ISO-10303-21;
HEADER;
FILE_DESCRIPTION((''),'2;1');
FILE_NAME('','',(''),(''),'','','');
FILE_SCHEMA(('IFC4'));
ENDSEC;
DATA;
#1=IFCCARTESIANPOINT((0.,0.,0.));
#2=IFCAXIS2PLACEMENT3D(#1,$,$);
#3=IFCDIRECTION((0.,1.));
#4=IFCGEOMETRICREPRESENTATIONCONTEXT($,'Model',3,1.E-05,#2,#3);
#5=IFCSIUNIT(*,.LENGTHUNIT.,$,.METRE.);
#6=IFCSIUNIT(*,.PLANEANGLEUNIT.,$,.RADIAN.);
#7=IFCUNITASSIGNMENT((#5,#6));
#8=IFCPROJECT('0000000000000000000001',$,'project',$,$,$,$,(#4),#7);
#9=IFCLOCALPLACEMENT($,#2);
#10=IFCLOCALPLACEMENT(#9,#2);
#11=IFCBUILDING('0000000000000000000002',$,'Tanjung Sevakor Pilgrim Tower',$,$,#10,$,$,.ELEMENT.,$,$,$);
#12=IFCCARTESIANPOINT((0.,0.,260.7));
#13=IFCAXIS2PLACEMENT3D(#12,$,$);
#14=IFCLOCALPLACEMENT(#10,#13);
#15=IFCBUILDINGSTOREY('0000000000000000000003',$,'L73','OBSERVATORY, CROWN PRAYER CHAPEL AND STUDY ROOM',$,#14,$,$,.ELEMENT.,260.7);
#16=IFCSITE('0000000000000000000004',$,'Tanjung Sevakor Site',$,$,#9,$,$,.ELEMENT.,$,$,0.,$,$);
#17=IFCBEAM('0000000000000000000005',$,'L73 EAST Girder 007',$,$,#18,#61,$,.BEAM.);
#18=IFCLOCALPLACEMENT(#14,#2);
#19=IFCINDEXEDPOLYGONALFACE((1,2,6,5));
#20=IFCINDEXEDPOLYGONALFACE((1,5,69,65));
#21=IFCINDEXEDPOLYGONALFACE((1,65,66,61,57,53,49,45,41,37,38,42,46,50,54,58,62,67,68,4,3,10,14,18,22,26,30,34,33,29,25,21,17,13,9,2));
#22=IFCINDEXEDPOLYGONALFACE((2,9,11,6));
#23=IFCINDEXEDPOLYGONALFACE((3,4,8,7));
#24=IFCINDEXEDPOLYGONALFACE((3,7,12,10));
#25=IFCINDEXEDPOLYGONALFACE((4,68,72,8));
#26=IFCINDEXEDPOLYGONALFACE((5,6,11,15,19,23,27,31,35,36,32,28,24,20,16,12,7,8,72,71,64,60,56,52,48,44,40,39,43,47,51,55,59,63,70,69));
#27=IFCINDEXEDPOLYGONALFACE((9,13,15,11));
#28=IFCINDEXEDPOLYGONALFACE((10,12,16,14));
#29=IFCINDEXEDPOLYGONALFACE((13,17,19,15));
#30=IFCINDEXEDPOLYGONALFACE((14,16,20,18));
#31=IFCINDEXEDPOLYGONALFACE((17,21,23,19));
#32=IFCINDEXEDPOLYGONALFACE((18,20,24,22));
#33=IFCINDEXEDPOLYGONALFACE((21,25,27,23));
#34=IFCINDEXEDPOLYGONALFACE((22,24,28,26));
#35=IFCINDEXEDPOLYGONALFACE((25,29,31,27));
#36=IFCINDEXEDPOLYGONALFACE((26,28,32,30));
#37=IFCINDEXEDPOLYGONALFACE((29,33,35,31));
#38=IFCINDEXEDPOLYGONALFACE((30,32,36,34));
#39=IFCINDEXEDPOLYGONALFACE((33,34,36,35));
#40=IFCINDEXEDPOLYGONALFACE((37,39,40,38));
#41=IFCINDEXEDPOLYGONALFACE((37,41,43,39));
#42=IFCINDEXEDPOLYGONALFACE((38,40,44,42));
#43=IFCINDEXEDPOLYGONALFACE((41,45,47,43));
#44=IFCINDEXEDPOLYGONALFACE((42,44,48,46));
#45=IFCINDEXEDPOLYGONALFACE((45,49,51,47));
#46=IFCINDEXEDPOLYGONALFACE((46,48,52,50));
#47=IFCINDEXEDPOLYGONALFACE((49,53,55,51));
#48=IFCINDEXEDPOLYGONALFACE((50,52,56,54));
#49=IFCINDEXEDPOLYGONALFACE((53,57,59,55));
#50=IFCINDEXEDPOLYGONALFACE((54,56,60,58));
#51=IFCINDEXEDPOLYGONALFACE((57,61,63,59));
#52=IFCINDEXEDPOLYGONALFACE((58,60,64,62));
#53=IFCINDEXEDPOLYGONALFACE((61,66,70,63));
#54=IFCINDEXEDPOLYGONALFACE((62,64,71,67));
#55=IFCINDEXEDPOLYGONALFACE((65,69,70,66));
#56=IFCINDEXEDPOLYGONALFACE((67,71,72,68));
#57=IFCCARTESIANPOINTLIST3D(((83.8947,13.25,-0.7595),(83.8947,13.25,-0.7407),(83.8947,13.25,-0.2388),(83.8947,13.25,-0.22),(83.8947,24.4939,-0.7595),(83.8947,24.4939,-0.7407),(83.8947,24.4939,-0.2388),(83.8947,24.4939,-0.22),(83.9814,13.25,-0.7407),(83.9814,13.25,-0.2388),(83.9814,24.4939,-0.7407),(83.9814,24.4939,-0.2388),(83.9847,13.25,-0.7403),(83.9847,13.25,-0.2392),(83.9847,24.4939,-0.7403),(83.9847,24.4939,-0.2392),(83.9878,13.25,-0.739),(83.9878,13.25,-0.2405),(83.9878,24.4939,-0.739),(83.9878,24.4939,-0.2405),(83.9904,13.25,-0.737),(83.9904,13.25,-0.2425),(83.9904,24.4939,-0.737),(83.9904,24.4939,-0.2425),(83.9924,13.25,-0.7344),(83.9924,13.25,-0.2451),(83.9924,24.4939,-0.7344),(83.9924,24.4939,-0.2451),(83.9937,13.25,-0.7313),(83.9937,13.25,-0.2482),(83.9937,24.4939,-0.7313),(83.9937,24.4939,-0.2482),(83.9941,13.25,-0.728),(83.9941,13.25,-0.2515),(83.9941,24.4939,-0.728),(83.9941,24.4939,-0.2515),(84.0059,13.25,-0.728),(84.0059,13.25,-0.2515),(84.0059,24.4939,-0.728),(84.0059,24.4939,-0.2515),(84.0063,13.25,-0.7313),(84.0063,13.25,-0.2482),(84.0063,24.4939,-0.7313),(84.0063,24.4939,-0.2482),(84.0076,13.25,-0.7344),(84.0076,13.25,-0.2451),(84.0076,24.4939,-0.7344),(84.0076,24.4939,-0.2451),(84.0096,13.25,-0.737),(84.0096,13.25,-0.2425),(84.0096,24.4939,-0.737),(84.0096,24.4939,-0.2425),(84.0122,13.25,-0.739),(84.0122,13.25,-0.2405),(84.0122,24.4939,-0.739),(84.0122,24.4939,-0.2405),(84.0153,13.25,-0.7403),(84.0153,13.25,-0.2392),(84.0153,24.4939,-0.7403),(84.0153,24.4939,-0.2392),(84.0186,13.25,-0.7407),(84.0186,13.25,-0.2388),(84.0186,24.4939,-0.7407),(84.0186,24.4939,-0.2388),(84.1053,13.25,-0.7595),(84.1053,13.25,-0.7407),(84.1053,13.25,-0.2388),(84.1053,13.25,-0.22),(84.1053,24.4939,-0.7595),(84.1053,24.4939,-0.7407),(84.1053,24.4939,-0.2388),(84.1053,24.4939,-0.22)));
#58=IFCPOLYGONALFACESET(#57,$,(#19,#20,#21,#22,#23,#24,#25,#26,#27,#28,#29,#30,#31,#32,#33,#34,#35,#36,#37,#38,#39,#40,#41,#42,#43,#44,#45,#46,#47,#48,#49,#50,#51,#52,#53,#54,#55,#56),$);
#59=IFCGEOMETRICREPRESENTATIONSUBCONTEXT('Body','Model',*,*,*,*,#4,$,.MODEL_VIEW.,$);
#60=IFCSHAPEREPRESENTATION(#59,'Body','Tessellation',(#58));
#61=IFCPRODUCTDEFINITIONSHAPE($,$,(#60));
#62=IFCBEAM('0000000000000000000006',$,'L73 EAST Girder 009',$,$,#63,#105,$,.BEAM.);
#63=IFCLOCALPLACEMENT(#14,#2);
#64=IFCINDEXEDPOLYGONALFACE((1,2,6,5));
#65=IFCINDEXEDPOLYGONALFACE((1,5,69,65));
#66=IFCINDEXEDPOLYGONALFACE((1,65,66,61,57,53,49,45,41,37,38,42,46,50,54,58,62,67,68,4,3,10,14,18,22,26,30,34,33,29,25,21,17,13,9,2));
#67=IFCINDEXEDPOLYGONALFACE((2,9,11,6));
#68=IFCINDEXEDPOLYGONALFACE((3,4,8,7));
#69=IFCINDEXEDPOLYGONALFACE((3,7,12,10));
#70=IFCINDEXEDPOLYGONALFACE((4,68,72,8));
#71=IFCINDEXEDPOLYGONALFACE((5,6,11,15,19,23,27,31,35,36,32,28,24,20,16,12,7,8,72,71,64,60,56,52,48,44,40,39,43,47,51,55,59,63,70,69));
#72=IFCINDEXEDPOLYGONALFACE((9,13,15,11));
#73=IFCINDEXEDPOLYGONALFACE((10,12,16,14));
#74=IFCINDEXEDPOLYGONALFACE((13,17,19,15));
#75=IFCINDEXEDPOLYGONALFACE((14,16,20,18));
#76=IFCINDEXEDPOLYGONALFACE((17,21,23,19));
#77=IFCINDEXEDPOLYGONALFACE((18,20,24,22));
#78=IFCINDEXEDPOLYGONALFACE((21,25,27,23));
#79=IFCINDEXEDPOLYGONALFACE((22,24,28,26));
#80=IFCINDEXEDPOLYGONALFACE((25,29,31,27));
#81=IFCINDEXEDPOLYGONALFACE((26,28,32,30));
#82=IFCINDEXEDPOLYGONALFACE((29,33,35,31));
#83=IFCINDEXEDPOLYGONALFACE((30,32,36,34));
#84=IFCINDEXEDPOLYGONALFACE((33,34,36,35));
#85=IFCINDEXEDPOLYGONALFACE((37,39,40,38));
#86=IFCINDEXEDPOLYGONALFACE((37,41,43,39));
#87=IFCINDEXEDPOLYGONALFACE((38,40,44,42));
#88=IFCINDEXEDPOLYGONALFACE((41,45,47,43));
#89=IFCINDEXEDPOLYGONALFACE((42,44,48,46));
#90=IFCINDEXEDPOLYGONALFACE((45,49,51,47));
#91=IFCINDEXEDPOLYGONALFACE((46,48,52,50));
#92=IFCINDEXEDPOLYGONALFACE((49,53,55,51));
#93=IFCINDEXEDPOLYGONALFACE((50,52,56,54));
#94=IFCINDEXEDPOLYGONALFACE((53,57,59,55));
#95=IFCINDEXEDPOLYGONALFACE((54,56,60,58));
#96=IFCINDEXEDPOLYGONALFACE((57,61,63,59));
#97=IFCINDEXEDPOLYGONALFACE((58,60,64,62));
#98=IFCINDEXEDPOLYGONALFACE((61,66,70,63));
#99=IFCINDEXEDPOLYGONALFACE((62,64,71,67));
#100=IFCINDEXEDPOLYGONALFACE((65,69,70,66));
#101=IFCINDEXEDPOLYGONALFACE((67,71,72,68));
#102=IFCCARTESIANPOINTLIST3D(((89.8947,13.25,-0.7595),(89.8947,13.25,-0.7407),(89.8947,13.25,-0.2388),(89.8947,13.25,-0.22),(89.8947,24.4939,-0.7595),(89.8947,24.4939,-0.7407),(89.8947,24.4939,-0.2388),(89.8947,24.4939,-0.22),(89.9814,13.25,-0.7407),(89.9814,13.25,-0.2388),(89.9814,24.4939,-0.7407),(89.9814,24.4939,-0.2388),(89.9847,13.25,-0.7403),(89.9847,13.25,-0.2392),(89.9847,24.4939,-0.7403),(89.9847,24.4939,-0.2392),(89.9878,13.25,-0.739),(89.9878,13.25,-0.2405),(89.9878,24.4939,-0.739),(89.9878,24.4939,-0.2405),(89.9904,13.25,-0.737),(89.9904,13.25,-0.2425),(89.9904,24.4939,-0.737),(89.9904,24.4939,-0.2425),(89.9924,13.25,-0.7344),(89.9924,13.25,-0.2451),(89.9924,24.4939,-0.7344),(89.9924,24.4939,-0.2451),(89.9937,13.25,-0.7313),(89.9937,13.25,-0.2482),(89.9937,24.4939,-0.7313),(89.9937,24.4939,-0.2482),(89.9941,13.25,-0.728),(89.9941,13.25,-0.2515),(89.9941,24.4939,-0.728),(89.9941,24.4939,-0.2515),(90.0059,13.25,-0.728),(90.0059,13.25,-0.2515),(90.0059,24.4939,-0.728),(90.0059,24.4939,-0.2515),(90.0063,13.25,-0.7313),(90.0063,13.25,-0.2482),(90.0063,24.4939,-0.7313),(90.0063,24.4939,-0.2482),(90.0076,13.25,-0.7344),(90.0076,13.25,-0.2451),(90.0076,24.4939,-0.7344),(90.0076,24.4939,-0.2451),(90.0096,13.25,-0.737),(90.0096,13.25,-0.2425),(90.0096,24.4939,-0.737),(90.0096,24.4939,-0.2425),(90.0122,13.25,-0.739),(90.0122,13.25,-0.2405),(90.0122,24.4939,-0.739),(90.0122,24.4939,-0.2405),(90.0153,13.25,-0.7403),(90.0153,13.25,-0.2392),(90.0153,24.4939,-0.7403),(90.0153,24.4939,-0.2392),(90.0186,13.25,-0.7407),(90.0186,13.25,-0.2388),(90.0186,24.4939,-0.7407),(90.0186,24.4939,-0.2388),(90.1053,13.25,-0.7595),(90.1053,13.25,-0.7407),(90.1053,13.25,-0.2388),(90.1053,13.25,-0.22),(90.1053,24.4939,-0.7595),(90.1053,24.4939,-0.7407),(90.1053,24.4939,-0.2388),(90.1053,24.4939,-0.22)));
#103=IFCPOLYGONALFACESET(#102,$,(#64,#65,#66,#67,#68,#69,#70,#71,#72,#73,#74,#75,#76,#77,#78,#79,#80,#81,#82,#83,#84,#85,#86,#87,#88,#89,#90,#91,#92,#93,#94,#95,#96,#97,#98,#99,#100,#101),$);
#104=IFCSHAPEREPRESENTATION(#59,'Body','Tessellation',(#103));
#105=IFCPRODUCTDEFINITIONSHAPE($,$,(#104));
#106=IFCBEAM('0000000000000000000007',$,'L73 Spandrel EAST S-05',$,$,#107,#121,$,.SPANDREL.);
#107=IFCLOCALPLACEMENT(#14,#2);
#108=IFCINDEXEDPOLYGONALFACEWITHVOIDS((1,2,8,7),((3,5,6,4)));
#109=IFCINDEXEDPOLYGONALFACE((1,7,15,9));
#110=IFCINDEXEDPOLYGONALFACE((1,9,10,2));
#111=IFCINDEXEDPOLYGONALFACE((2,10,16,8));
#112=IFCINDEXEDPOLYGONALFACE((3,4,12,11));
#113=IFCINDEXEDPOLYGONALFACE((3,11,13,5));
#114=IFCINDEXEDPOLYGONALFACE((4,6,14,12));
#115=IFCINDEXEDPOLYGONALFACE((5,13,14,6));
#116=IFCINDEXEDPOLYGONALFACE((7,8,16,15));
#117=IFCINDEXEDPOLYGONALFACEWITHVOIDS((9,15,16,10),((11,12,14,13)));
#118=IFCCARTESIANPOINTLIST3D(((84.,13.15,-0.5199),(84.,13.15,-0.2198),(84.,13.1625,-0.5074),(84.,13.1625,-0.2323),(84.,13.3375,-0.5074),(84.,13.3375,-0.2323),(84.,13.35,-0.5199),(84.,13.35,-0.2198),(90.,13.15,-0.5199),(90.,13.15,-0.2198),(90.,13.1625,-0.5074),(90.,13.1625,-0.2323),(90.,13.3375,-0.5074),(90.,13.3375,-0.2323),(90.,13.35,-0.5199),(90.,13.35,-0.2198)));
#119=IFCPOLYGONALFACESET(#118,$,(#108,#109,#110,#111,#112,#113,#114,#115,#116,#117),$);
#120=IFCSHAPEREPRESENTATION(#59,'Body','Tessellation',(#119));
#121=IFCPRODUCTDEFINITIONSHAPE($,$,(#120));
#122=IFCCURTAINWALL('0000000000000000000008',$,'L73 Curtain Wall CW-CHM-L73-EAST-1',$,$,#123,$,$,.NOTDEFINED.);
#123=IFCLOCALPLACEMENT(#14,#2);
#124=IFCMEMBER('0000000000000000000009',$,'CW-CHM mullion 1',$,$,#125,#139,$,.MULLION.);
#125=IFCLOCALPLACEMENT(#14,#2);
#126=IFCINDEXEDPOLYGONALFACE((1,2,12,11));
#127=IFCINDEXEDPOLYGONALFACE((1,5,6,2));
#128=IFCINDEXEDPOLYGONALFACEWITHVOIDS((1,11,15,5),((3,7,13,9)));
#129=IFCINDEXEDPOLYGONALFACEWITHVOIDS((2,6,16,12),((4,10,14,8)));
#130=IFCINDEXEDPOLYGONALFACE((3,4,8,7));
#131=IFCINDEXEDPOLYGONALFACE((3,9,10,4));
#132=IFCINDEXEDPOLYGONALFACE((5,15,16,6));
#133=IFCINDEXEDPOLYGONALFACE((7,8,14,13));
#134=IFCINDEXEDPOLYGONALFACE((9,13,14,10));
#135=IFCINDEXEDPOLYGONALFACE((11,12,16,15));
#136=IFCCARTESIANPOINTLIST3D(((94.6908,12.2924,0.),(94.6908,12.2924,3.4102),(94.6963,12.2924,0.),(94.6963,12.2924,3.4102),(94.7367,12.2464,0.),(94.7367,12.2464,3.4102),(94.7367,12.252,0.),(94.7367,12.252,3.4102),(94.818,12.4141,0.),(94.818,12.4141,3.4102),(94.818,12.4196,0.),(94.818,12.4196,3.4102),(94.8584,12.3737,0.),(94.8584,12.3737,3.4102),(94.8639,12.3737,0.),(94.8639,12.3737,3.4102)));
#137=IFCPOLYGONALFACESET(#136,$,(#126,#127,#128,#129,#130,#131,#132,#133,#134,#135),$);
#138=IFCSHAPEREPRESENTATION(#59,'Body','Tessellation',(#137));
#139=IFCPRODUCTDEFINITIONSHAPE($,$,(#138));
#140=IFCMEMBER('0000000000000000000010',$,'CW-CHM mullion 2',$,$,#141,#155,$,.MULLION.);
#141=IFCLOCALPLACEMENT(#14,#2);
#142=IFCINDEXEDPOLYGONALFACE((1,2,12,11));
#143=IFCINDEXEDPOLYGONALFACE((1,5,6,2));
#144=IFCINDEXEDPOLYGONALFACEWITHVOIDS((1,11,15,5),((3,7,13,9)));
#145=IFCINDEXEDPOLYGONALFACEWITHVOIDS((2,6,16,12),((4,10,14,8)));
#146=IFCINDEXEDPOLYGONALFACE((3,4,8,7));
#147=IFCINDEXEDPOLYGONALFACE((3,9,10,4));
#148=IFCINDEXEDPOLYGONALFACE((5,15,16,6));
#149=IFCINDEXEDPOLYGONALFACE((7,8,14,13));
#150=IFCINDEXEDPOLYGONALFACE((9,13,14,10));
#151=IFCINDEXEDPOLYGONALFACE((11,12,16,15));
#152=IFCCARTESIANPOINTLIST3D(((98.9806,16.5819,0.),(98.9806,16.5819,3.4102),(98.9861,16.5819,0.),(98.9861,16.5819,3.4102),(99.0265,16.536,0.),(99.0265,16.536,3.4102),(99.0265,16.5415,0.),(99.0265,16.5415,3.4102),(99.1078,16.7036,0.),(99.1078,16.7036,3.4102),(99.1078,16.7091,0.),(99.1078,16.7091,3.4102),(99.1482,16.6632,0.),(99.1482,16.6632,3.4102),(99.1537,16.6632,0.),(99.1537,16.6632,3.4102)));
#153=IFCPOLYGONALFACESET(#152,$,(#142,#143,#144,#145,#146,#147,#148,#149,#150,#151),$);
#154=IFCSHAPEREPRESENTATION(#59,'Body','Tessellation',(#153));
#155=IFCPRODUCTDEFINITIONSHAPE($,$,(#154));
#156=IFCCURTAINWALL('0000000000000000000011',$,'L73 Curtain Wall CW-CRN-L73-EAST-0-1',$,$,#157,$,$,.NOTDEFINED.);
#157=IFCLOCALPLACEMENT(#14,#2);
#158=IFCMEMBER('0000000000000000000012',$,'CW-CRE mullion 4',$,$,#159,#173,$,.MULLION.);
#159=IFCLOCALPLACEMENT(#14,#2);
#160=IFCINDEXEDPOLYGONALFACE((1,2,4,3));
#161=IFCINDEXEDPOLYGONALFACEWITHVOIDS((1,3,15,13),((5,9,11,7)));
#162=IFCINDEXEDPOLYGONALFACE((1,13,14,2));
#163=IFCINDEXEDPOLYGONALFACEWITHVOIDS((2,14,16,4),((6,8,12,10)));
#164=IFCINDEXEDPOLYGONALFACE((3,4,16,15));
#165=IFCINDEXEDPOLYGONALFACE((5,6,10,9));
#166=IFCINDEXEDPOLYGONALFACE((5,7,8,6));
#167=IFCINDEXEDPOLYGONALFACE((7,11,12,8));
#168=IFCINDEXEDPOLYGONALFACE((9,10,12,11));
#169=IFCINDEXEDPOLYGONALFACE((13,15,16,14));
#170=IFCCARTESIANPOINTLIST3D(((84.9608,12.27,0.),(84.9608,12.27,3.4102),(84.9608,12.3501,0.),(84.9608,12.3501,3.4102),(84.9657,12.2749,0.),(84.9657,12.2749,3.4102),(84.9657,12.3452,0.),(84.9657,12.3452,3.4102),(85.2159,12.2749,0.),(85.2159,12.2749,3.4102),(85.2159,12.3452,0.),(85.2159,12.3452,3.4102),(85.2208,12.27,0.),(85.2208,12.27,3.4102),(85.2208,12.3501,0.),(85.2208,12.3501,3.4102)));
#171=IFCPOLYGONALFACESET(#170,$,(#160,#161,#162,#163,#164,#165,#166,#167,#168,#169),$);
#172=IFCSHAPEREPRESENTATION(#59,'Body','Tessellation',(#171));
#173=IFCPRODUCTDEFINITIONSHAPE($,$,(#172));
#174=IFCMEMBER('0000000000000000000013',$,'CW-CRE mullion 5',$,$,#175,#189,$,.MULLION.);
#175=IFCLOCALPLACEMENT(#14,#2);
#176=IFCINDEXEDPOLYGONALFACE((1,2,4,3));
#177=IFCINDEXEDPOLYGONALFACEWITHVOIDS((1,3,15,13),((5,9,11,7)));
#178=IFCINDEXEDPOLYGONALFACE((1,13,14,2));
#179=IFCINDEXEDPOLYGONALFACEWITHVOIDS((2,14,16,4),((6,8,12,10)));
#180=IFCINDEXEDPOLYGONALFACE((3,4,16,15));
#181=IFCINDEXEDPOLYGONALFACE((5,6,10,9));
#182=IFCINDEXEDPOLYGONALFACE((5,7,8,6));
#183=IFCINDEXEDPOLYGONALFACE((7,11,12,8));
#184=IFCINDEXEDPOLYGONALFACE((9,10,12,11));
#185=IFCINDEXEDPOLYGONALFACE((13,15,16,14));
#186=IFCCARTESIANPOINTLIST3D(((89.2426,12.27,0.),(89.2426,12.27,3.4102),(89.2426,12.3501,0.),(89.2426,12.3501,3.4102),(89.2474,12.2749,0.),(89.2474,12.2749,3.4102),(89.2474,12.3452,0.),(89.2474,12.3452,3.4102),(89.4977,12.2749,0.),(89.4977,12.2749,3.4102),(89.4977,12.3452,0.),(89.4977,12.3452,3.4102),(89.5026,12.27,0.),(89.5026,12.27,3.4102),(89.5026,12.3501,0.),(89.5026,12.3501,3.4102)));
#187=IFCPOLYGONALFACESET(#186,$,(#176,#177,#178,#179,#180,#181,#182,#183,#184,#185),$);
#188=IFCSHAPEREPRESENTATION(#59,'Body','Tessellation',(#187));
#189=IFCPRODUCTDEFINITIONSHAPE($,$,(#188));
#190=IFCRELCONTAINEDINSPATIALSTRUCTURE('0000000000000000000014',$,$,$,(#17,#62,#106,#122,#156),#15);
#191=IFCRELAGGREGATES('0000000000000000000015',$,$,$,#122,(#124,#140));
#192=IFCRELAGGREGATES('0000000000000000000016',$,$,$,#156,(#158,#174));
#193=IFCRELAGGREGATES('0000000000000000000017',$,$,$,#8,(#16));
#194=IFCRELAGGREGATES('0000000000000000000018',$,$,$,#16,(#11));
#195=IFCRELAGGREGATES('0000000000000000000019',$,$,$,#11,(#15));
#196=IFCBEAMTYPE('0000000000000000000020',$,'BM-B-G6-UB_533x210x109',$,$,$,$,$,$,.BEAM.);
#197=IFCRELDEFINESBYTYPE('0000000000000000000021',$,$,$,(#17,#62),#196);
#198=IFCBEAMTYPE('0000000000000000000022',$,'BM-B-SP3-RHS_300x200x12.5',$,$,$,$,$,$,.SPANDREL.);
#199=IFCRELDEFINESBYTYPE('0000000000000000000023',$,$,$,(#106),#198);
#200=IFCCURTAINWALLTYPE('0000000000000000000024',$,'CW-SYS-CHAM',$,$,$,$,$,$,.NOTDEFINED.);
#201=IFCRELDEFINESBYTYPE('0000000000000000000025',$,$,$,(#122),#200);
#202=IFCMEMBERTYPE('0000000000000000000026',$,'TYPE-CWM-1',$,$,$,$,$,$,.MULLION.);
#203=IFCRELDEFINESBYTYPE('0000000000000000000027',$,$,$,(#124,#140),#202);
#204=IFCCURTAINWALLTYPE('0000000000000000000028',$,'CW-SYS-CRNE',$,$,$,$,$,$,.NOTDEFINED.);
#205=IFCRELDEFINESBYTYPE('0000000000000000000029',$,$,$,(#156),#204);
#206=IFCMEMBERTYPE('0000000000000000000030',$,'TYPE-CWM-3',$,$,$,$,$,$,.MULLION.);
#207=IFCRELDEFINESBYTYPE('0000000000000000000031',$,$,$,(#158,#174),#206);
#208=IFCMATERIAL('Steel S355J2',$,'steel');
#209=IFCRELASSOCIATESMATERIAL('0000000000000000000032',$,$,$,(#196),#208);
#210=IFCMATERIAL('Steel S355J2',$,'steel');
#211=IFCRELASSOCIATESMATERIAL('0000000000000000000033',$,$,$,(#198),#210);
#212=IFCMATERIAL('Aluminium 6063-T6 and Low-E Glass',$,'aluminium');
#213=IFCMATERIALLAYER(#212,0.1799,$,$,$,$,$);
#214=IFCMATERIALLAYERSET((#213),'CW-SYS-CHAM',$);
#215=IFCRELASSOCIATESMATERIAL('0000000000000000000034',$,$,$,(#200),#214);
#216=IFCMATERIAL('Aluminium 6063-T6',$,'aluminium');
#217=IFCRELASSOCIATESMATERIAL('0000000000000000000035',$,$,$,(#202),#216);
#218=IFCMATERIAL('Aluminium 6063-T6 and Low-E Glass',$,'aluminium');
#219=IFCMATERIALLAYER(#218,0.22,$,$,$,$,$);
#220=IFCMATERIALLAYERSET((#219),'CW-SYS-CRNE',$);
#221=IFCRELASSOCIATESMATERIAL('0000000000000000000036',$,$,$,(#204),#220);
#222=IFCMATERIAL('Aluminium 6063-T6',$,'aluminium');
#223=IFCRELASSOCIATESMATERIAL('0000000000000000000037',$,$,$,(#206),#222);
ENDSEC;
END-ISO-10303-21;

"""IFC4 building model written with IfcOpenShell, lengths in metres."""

from ifc_helpers import new_model, si_unit, direction, frame, origin, origin_2d, place, context, subcontext, project, spatial, hollow_rectangle, i_section, extrude, material, layer, layer_set, material_profile, profile_set, type_object, element, aggregate, save


model = new_model("IFC4")

# Units and contexts
model_context = context("Model", 3, precision=1e-05, world=origin(), true_north=direction((0.0, 1.0)))
body_context = subcontext(model_context, "Body", "Model", "MODEL_VIEW")
ifc_project = project(units=[si_unit("LENGTHUNIT", "METRE"), si_unit("PLANEANGLEUNIT", "RADIAN")], contexts=[model_context])

# Site, building, storey
site_placement = place(None, origin())
site = spatial("IfcSite", under=ifc_project, at=site_placement, Name="Tanjung Sevakor Site", CompositionType="ELEMENT", RefElevation=0.0)
building_placement = place(site_placement, origin())
building = spatial("IfcBuilding", under=site, at=building_placement, Name="Tanjung Sevakor Pilgrim Tower", CompositionType="ELEMENT")
storey_placement = place(building_placement, frame((0.0, 0.0, 260.7)))
storey = spatial("IfcBuildingStorey", under=building, at=storey_placement, Name="L73", Description="OBSERVATORY, CROWN PRAYER CHAPEL AND STUDY ROOM", CompositionType="ELEMENT", Elevation=260.7)

# Beams
ifc_material_1 = material(Name="Steel S355J2", Category="steel")
ifc_material_profile_1 = material_profile(ifc_material_1, i_section(OverallWidth=0.2107, OverallDepth=0.5396, WebThickness=0.0117, FlangeThickness=0.0188, FilletRadius=0.0127, at=origin_2d()))
ifc_profile_set_1 = profile_set([ifc_material_profile_1], Name="Steel S355J2")
beam_type_1 = type_object("IfcBeamType", Name="BM-B-G6-UB_533x210x109", PredefinedType="BEAM", material=ifc_profile_set_1)
for number, where, z_axis, x_axis, name in (
    (1, (84.0, 13.25, -0.4897), (0.0, 1.0, 0.0), (-1.0, 0.0, 0.0), "L73 EAST Girder 007"),
    (2, (90.0, 13.25, -0.4897), (0.0, 1.0, 0.0), (-1.0, 0.0, 0.0), "L73 EAST Girder 009"),
):
    element("IfcBeam", number, at=place(storey_placement, frame(where, z_axis=z_axis, x_axis=x_axis)), inside=storey, type_object=beam_type_1, Name=name, PredefinedType="BEAM", context=body_context, shape_type="SweptSolid", body=[
        extrude(i_section(OverallWidth=0.2107, OverallDepth=0.5396, WebThickness=0.0117, FlangeThickness=0.0188, FilletRadius=0.0127, at=origin_2d()), origin(), (0.0, 0.0, 1.0), 11.2439),
    ])
ifc_material_2 = material(Name="Steel S355J2", Category="steel")
ifc_material_profile_2 = material_profile(ifc_material_2, hollow_rectangle(XDim=0.2, YDim=0.3, WallThickness=0.0125, at=origin_2d()))
ifc_profile_set_2 = profile_set([ifc_material_profile_2], Name="Steel S355J2")
beam_type_2 = type_object("IfcBeamType", Name="BM-B-SP3-RHS_300x200x12.5", PredefinedType="SPANDREL", material=ifc_profile_set_2)
beam_1_placement = place(storey_placement, frame((84.0, 13.25, -0.3699), z_axis=(1.0, 0.0, 0.0), x_axis=(0.0, 1.0, 0.0)))
element("IfcBeam", 3, at=beam_1_placement, inside=storey, type_object=beam_type_2, Name="L73 Spandrel EAST S-05", PredefinedType="SPANDREL", context=body_context, shape_type="SweptSolid", body=[
    extrude(hollow_rectangle(XDim=0.2, YDim=0.3, WallThickness=0.0125, at=origin_2d()), origin(), (0.0, 0.0, 1.0), 6.0),
])

# Curtain walls, members
ifc_material_3 = material(Name="Aluminium 6063-T6 and Low-E Glass", Category="aluminium")
ifc_layer_1 = layer(ifc_material_3, 0.1799)
ifc_layer_set_1 = layer_set([ifc_layer_1], Name="CW-SYS-CHAM")
curtain_wall_type_1 = type_object("IfcCurtainWallType", Name="CW-SYS-CHAM", PredefinedType="NOTDEFINED", material=ifc_layer_set_1)
curtain_wall_1_placement = place(storey_placement, origin())
curtain_wall_1 = element("IfcCurtainWall", 4, at=curtain_wall_1_placement, inside=storey, type_object=curtain_wall_type_1, Name="L73 Curtain Wall CW-CHM-L73-EAST-1", PredefinedType="NOTDEFINED")
ifc_material_4 = material(Name="Aluminium 6063-T6", Category="aluminium")
ifc_material_profile_3 = material_profile(ifc_material_4, hollow_rectangle(XDim=0.0649, YDim=0.1799, WallThickness=0.0039, at=origin_2d()))
ifc_profile_set_3 = profile_set([ifc_material_profile_3], Name="Aluminium 6063-T6")
member_type_1 = type_object("IfcMemberType", Name="TYPE-CWM-1", PredefinedType="MULLION", material=ifc_profile_set_3)
member_1_placement = place(storey_placement, frame((94.7773, 12.333, 0.0), z_axis=(0.0, 0.0, 1.0), x_axis=(-0.707107, 0.707107, 0.0)))
member_1 = element("IfcMember", 5, at=member_1_placement, type_object=member_type_1, Name="CW-CHM mullion 1", PredefinedType="MULLION", context=body_context, shape_type="SweptSolid", body=[
    extrude(hollow_rectangle(XDim=0.0649, YDim=0.1799, WallThickness=0.0039, at=origin_2d()), origin(), (0.0, 0.0, 1.0), 3.4102),
])
member_2_placement = place(storey_placement, frame((99.0671, 16.6226, 0.0), z_axis=(0.0, 0.0, 1.0), x_axis=(-0.707107, 0.707107, 0.0)))
member_2 = element("IfcMember", 6, at=member_2_placement, type_object=member_type_1, Name="CW-CHM mullion 2", PredefinedType="MULLION", context=body_context, shape_type="SweptSolid", body=[
    extrude(hollow_rectangle(XDim=0.0649, YDim=0.1799, WallThickness=0.0039, at=origin_2d()), origin(), (0.0, 0.0, 1.0), 3.4102),
])
ifc_material_5 = material(Name="Aluminium 6063-T6 and Low-E Glass", Category="aluminium")
ifc_layer_2 = layer(ifc_material_5, 0.22)
ifc_layer_set_2 = layer_set([ifc_layer_2], Name="CW-SYS-CRNE")
curtain_wall_type_2 = type_object("IfcCurtainWallType", Name="CW-SYS-CRNE", PredefinedType="NOTDEFINED", material=ifc_layer_set_2)
curtain_wall_2_placement = place(storey_placement, origin())
curtain_wall_2 = element("IfcCurtainWall", 7, at=curtain_wall_2_placement, inside=storey, type_object=curtain_wall_type_2, Name="L73 Curtain Wall CW-CRN-L73-EAST-0-1", PredefinedType="NOTDEFINED")
ifc_material_6 = material(Name="Aluminium 6063-T6", Category="aluminium")
ifc_material_profile_4 = material_profile(ifc_material_6, hollow_rectangle(XDim=0.0801, YDim=0.26, WallThickness=0.0049, at=origin_2d()))
ifc_profile_set_4 = profile_set([ifc_material_profile_4], Name="Aluminium 6063-T6")
member_type_2 = type_object("IfcMemberType", Name="TYPE-CWM-3", PredefinedType="MULLION", material=ifc_profile_set_4)
member_3_placement = place(storey_placement, frame((85.0908, 12.3101, 0.0), z_axis=(0.0, 0.0, 1.0), x_axis=(0.0, 1.0, 0.0)))
member_3 = element("IfcMember", 8, at=member_3_placement, type_object=member_type_2, Name="CW-CRE mullion 4", PredefinedType="MULLION", context=body_context, shape_type="SweptSolid", body=[
    extrude(hollow_rectangle(XDim=0.0801, YDim=0.26, WallThickness=0.0049, at=origin_2d()), origin(), (0.0, 0.0, 1.0), 3.4102),
])
member_4_placement = place(storey_placement, frame((89.3726, 12.3101, 0.0), z_axis=(0.0, 0.0, 1.0), x_axis=(0.0, 1.0, 0.0)))
member_4 = element("IfcMember", 9, at=member_4_placement, type_object=member_type_2, Name="CW-CRE mullion 5", PredefinedType="MULLION", context=body_context, shape_type="SweptSolid", body=[
    extrude(hollow_rectangle(XDim=0.0801, YDim=0.26, WallThickness=0.0049, at=origin_2d()), origin(), (0.0, 0.0, 1.0), 3.4102),
])

aggregate(curtain_wall_1, [member_1, member_2])
aggregate(curtain_wall_2, [member_3, member_4])

save(model, "model.ifc")
